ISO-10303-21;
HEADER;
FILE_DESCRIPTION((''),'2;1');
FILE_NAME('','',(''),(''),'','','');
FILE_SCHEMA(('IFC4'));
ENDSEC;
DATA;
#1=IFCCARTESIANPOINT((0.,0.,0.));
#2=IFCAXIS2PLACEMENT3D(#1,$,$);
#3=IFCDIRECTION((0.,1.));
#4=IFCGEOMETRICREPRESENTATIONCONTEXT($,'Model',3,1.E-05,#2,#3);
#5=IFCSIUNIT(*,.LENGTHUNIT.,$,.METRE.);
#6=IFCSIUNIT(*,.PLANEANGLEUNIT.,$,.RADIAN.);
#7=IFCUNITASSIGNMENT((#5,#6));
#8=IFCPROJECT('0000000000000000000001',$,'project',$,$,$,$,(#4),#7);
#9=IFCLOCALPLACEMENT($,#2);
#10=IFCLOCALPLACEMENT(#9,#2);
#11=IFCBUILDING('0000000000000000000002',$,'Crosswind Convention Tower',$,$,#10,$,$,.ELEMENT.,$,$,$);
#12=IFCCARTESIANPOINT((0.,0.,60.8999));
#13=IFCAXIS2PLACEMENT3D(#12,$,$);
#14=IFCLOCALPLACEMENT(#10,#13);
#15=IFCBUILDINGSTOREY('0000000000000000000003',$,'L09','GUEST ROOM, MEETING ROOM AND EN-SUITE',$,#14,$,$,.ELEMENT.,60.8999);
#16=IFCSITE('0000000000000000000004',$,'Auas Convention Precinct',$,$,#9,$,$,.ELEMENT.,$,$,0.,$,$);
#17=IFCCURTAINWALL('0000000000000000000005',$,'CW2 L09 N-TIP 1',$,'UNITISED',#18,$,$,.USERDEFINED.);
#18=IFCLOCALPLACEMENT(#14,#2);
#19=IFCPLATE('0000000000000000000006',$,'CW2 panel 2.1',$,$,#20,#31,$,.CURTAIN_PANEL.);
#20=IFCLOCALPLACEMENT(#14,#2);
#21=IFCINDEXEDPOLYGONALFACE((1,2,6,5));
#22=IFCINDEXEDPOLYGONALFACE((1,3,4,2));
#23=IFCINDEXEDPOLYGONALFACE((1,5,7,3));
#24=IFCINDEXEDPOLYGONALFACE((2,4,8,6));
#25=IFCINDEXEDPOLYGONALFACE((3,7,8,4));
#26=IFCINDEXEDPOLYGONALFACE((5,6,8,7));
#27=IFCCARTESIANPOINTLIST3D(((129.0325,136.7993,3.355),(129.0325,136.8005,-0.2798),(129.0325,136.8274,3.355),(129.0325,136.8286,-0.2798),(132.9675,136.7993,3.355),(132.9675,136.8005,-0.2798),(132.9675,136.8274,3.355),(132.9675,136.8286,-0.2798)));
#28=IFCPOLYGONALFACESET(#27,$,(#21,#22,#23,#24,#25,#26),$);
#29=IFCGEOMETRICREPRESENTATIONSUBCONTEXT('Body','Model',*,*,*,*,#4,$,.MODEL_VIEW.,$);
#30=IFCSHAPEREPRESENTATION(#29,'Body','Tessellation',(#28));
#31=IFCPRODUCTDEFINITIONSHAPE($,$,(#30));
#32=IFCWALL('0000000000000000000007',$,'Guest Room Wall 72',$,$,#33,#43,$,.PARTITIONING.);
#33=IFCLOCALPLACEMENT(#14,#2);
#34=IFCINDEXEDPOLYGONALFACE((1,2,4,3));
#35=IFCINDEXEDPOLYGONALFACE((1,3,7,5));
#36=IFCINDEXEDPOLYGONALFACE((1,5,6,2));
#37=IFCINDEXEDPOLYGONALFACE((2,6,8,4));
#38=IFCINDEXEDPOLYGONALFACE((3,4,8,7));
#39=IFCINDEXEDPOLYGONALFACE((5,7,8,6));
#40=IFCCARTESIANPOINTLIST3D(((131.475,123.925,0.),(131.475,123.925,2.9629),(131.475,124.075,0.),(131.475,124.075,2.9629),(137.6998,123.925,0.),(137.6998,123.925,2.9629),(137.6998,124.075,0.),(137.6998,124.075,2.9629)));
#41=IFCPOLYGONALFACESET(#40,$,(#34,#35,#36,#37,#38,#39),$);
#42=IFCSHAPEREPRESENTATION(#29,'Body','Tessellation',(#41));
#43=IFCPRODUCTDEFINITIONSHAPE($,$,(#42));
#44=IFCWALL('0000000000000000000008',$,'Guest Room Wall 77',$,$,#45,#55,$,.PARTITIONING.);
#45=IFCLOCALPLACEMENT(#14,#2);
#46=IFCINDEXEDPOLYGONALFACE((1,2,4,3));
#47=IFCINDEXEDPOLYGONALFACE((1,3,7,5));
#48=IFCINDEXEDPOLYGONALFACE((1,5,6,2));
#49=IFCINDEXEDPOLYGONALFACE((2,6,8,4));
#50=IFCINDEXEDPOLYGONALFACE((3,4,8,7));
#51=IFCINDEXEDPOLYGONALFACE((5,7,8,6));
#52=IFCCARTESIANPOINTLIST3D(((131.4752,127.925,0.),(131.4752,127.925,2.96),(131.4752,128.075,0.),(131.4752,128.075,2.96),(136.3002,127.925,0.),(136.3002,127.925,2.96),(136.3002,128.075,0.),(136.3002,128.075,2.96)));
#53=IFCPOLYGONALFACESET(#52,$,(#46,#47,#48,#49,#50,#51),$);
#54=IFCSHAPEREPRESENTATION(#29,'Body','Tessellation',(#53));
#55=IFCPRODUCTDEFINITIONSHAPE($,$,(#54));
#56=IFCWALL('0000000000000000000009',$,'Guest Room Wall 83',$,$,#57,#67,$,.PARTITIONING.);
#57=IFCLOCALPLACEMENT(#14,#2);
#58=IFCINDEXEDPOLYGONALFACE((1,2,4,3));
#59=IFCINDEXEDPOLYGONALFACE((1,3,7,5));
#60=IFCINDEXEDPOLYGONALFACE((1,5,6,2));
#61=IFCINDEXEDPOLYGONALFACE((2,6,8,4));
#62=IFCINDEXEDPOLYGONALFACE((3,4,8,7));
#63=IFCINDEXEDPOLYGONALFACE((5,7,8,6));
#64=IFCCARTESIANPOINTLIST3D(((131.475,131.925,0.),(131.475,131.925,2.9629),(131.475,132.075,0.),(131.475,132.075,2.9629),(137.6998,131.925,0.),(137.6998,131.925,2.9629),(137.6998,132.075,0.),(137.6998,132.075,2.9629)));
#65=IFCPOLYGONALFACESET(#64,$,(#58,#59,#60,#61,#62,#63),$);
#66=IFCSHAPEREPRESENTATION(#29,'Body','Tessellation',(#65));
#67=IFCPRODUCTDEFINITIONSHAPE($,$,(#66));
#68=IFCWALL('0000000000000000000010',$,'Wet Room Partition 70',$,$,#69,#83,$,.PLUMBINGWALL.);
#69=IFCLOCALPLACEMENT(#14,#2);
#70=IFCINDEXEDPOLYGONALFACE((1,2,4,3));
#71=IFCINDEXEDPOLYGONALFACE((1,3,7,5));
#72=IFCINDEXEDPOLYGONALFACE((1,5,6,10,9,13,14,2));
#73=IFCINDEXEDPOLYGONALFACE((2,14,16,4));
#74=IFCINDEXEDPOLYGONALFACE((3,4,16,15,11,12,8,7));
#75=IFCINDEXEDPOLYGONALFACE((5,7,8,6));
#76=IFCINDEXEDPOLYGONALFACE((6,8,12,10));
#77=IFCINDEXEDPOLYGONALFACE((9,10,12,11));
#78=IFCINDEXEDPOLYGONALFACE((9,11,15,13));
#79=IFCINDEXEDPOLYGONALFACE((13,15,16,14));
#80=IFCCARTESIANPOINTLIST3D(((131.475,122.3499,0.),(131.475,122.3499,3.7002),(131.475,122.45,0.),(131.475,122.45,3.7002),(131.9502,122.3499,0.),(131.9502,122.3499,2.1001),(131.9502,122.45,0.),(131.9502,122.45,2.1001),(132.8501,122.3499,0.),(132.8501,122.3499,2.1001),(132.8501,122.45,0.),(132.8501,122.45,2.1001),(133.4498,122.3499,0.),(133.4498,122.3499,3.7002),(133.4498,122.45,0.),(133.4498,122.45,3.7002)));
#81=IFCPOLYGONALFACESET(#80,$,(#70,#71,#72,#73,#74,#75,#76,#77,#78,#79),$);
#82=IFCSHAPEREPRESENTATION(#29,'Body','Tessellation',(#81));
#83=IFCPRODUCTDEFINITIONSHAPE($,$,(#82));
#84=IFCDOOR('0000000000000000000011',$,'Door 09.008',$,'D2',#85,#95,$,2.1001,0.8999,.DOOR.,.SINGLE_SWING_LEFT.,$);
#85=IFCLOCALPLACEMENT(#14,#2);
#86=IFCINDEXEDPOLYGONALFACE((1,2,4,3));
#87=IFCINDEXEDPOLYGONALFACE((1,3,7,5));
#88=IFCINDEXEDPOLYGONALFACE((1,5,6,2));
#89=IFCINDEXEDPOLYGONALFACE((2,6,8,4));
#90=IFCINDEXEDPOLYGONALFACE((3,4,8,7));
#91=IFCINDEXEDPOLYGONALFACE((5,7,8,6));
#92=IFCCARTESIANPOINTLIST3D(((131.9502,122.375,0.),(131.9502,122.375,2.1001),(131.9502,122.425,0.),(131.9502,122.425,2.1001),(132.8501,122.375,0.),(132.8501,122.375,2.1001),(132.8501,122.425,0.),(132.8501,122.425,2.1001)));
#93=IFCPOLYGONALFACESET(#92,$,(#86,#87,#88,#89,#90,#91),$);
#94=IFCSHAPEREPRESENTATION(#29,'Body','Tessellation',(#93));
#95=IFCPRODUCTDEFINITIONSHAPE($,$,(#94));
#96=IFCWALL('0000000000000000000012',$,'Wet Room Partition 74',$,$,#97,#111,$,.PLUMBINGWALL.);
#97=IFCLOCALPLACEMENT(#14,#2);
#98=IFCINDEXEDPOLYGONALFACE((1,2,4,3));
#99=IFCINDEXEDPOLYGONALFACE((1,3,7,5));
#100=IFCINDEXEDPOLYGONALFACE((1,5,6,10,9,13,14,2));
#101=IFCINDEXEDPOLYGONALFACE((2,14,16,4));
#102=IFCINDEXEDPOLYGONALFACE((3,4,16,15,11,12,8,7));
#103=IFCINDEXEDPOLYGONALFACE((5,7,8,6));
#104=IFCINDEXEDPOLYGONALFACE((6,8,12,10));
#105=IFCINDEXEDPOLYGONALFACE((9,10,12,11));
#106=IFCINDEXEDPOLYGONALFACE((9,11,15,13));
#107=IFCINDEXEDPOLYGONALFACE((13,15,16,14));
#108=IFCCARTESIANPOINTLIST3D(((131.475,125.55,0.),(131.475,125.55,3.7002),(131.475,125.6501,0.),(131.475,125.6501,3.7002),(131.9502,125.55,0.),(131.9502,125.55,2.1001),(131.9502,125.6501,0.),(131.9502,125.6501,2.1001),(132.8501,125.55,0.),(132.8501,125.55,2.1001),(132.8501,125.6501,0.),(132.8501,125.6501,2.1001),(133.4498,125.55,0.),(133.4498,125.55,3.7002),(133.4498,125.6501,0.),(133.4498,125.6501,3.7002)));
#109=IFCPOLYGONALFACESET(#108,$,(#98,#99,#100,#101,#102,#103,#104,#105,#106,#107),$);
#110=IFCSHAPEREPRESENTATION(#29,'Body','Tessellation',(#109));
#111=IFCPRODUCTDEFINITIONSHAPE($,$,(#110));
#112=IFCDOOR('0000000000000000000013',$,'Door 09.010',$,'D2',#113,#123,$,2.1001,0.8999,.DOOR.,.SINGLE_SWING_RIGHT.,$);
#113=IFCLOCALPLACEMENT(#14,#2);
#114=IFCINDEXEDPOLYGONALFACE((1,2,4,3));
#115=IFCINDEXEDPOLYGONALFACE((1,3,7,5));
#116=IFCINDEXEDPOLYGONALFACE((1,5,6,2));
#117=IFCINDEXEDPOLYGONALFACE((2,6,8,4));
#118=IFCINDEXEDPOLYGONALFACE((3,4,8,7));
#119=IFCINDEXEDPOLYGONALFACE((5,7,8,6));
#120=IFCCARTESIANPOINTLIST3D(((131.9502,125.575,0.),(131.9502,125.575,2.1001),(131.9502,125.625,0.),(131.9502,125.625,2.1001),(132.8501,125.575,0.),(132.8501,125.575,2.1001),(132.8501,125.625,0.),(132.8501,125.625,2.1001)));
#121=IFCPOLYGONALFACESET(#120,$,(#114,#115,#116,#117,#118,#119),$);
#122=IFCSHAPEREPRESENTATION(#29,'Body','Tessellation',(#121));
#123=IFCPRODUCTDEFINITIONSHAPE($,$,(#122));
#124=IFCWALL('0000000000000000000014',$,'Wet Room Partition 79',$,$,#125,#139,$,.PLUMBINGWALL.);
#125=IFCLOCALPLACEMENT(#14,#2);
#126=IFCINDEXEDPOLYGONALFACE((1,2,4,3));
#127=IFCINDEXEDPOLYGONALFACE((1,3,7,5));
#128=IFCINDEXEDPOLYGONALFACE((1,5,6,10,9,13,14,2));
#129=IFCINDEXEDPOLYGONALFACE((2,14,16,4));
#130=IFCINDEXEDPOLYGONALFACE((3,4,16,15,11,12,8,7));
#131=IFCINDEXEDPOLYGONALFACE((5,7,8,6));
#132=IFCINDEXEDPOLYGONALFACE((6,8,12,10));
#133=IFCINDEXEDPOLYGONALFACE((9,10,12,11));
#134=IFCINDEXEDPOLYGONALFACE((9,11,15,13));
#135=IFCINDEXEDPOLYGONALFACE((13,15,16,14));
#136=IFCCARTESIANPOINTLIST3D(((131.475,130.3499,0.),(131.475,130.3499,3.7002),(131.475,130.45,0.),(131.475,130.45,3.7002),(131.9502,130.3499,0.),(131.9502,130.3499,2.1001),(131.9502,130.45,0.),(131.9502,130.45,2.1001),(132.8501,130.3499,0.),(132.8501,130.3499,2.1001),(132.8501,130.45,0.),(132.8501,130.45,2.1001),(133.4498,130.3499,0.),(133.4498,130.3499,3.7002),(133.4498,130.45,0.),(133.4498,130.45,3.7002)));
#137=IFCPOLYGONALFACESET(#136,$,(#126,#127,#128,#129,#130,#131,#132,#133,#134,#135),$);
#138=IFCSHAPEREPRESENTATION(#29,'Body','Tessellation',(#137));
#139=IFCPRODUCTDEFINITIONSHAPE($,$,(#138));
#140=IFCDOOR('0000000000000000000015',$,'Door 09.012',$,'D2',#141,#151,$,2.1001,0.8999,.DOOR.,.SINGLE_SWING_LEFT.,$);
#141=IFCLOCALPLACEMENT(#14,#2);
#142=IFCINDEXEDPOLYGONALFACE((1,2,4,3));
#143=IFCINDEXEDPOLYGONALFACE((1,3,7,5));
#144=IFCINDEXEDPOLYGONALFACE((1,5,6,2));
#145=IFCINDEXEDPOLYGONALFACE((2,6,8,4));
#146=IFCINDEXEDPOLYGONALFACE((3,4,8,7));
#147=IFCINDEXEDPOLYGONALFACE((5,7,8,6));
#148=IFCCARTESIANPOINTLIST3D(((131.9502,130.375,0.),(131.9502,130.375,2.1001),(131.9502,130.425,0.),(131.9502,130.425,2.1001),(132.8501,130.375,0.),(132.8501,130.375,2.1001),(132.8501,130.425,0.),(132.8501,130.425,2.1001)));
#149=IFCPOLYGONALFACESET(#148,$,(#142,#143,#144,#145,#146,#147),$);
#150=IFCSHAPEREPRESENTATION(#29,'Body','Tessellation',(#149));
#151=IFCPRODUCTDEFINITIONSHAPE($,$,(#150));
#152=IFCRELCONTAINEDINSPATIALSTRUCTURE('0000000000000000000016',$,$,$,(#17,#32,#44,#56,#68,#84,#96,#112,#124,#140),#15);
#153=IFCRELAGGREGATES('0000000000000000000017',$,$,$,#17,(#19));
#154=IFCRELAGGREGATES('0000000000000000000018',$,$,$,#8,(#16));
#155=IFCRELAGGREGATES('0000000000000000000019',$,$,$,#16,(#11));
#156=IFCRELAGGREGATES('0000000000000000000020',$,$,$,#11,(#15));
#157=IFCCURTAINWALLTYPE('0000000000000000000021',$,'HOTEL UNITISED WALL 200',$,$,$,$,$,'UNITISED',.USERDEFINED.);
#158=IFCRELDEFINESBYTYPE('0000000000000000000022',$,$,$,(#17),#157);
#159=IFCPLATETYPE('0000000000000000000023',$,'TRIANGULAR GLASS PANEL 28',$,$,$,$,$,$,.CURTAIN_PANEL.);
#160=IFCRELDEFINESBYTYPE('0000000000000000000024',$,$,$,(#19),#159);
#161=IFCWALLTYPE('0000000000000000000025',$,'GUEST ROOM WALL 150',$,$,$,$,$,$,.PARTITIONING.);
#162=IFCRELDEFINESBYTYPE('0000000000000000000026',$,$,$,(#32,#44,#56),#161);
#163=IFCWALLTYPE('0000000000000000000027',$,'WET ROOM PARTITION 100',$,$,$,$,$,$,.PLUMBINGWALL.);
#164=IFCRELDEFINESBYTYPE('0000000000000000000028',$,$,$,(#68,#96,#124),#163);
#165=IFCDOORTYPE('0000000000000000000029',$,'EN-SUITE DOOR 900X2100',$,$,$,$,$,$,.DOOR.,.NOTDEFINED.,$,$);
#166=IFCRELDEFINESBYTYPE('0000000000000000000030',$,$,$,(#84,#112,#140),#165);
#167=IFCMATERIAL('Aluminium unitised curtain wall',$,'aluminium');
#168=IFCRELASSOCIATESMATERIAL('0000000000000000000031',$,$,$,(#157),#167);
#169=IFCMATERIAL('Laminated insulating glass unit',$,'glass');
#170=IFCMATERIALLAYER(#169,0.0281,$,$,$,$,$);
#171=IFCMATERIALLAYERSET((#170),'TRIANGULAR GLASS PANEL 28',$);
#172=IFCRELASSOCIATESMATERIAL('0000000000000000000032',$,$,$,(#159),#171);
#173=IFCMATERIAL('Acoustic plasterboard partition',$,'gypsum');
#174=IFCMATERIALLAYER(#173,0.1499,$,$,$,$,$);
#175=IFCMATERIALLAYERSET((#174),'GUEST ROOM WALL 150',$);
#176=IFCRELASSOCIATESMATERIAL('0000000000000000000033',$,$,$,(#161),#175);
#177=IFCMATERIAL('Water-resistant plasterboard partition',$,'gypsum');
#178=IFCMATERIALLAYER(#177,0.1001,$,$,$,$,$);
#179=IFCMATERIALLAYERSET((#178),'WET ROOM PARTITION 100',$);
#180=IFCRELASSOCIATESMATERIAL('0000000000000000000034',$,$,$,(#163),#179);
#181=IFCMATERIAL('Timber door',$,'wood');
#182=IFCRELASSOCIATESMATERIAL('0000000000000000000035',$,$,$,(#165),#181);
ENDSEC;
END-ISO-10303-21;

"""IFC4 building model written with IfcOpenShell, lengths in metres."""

from ifc_helpers import new_model, si_unit, direction, frame, frame_2d, origin, place, context, subcontext, project, spatial, polyline, rectangle, outline, extrude, material, layer, layer_set, type_object, element, fill, aggregate, save


model = new_model("IFC4")

# Units and contexts
model_context = context("Model", 3, precision=1e-05, world=origin(), true_north=direction((0.0, 1.0)))
body_context = subcontext(model_context, "Body", "Model", "MODEL_VIEW")
ifc_project = project(units=[si_unit("LENGTHUNIT", "METRE"), si_unit("PLANEANGLEUNIT", "RADIAN")], contexts=[model_context])

# Site, building, storey
site_placement = place(None, origin())
site = spatial("IfcSite", under=ifc_project, at=site_placement, Name="Auas Convention Precinct", CompositionType="ELEMENT", RefElevation=0.0)
building_placement = place(site_placement, origin())
building = spatial("IfcBuilding", under=site, at=building_placement, Name="Crosswind Convention Tower", CompositionType="ELEMENT")
storey_placement = place(building_placement, frame((0.0, 0.0, 60.8999)))
storey = spatial("IfcBuildingStorey", under=building, at=storey_placement, Name="L09", Description="GUEST ROOM, MEETING ROOM AND EN-SUITE", CompositionType="ELEMENT", Elevation=60.8999)

# Curtain wall, plate
ifc_material_1 = material(Name="Aluminium unitised curtain wall", Category="aluminium")
curtain_wall_type = type_object("IfcCurtainWallType", Name="HOTEL UNITISED WALL 200", ElementType="UNITISED", PredefinedType="USERDEFINED", material=ifc_material_1)
curtain_wall_placement = place(storey_placement, origin())
curtain_wall = element("IfcCurtainWall", 1, at=curtain_wall_placement, inside=storey, type_object=curtain_wall_type, Name="CW2 L09 N-TIP 1", ObjectType="UNITISED", PredefinedType="USERDEFINED")
ifc_material_2 = material(Name="Laminated insulating glass unit", Category="glass")
ifc_layer_1 = layer(ifc_material_2, 0.0281)
ifc_layer_set_1 = layer_set([ifc_layer_1], Name="TRIANGULAR GLASS PANEL 28")
plate_type = type_object("IfcPlateType", Name="TRIANGULAR GLASS PANEL 28", PredefinedType="CURTAIN_PANEL", material=ifc_layer_set_1)
plate_1_placement = place(storey_placement, frame((132.9675, 136.8286, -0.2798), z_axis=(0.0, 1.0, 0.000336), x_axis=(-1.0, 0.0, 0.0)))
plate_1 = element("IfcPlate", 2, at=plate_1_placement, type_object=plate_type, Name="CW2 panel 2.1", PredefinedType="CURTAIN_PANEL", context=body_context, shape_type="SweptSolid", body=[
    extrude(outline(polyline([(0.0, 0.0), (3.9351, 0.0), (3.9351, 3.6348), (0.0, 3.6348), (0.0, 0.0)])), origin(), (0.0, 0.0, -1.0), 0.0281),
])
aggregate(curtain_wall, [plate_1])

# Walls
ifc_material_3 = material(Name="Acoustic plasterboard partition", Category="gypsum")
ifc_layer_2 = layer(ifc_material_3, 0.1499)
ifc_layer_set_2 = layer_set([ifc_layer_2], Name="GUEST ROOM WALL 150")
wall_type_1 = type_object("IfcWallType", Name="GUEST ROOM WALL 150", PredefinedType="PARTITIONING", material=ifc_layer_set_2)
wall_1_placement = place(storey_placement, frame((131.4751, 124.0, 0.0), z_axis=(0.0, 0.0, 1.0), x_axis=(1.0, 0.0, 0.0)))
element("IfcWall", 3, at=wall_1_placement, inside=storey, type_object=wall_type_1, Name="Guest Room Wall 72", PredefinedType="PARTITIONING", context=body_context, shape_type="SweptSolid", body=[
    extrude(rectangle(XDim=6.2249, YDim=0.1499, at=frame_2d((3.1123, 0.0))), origin(), (0.0, 0.0, 1.0), 2.9629),
])
wall_2_placement = place(storey_placement, frame((131.4751, 128.0, 0.0), z_axis=(0.0, 0.0, 1.0), x_axis=(1.0, 0.0, 0.0)))
element("IfcWall", 4, at=wall_2_placement, inside=storey, type_object=wall_type_1, Name="Guest Room Wall 77", PredefinedType="PARTITIONING", context=body_context, shape_type="SweptSolid", body=[
    extrude(rectangle(XDim=4.825, YDim=0.1499, at=frame_2d((2.4126, 0.0))), origin(), (0.0, 0.0, 1.0), 2.96),
])
wall_3_placement = place(storey_placement, frame((131.4751, 132.0, 0.0), z_axis=(0.0, 0.0, 1.0), x_axis=(1.0, 0.0, 0.0)))
element("IfcWall", 5, at=wall_3_placement, inside=storey, type_object=wall_type_1, Name="Guest Room Wall 83", PredefinedType="PARTITIONING", context=body_context, shape_type="SweptSolid", body=[
    extrude(rectangle(XDim=6.2249, YDim=0.1499, at=frame_2d((3.1123, 0.0))), origin(), (0.0, 0.0, 1.0), 2.9629),
])

# Walls, openings, doors
ifc_material_4 = material(Name="Water-resistant plasterboard partition", Category="gypsum")
ifc_layer_3 = layer(ifc_material_4, 0.1001)
ifc_layer_set_3 = layer_set([ifc_layer_3], Name="WET ROOM PARTITION 100")
wall_type_2 = type_object("IfcWallType", Name="WET ROOM PARTITION 100", PredefinedType="PLUMBINGWALL", material=ifc_layer_set_3)
wall_4_placement = place(storey_placement, frame((131.4751, 122.3999, 0.0), z_axis=(0.0, 0.0, 1.0), x_axis=(1.0, 0.0, 0.0)))
wall_4 = element("IfcWall", 6, at=wall_4_placement, inside=storey, type_object=wall_type_2, Name="Wet Room Partition 70", PredefinedType="PLUMBINGWALL", context=body_context, shape_type="SweptSolid", body=[
    extrude(rectangle(XDim=1.9749, YDim=0.1001, at=frame_2d((0.9873, 0.0))), origin(), (0.0, 0.0, 1.0), 3.7002),
])
opening_1_placement = place(wall_4_placement, frame((0.4751, 0.0, 0.0)))
opening_1 = element("IfcOpeningElement", 7, at=opening_1_placement, cuts=wall_4, PredefinedType="OPENING", context=body_context, shape_type="SweptSolid", body=[
    extrude(rectangle(XDim=0.8999, YDim=2.1001, at=frame_2d((0.45, 1.05))), frame((0.0, 0.0601, 0.0), z_axis=(0.0, -1.0, 0.0), x_axis=(1.0, 0.0, 0.0)), (0.0, 0.0, 1.0), 0.1201),
])
ifc_material_5 = material(Name="Timber door", Category="wood")
door_type = type_object("IfcDoorType", Name="EN-SUITE DOOR 900X2100", OperationType="NOTDEFINED", PredefinedType="DOOR", material=ifc_material_5)
door_1_placement = place(opening_1_placement, frame((0.8999, 0.0, 0.0), z_axis=(0.0, 0.0, 1.0), x_axis=(-1.0, 0.0, 0.0)))
door_1 = element("IfcDoor", 8, at=door_1_placement, inside=storey, type_object=door_type, Name="Door 09.008", ObjectType="D2", OperationType="SINGLE_SWING_LEFT", OverallHeight=2.1001, OverallWidth=0.8999, PredefinedType="DOOR", context=body_context, shape_type="SweptSolid", body=[
    extrude(rectangle(XDim=0.8999, YDim=2.1001, at=frame_2d((0.45, 1.05))), frame((0.0, 0.0249, 0.0), z_axis=(0.0, -1.0, 0.0), x_axis=(1.0, 0.0, 0.0)), (0.0, 0.0, 1.0), 0.05),
])
fill(opening_1, door_1)
wall_5_placement = place(storey_placement, frame((131.4751, 125.6001, 0.0), z_axis=(0.0, 0.0, 1.0), x_axis=(1.0, 0.0, 0.0)))
wall_5 = element("IfcWall", 9, at=wall_5_placement, inside=storey, type_object=wall_type_2, Name="Wet Room Partition 74", PredefinedType="PLUMBINGWALL", context=body_context, shape_type="SweptSolid", body=[
    extrude(rectangle(XDim=1.9749, YDim=0.1001, at=frame_2d((0.9873, 0.0))), origin(), (0.0, 0.0, 1.0), 3.7002),
])
opening_2_placement = place(wall_5_placement, frame((0.4751, 0.0, 0.0)))
opening_2 = element("IfcOpeningElement", 10, at=opening_2_placement, cuts=wall_5, PredefinedType="OPENING", context=body_context, shape_type="SweptSolid", body=[
    extrude(rectangle(XDim=0.8999, YDim=2.1001, at=frame_2d((0.45, 1.05))), frame((0.0, 0.0601, 0.0), z_axis=(0.0, -1.0, 0.0), x_axis=(1.0, 0.0, 0.0)), (0.0, 0.0, 1.0), 0.1201),
])
door_2_placement = place(opening_2_placement, origin())
door_2 = element("IfcDoor", 11, at=door_2_placement, inside=storey, type_object=door_type, Name="Door 09.010", ObjectType="D2", OperationType="SINGLE_SWING_RIGHT", OverallHeight=2.1001, OverallWidth=0.8999, PredefinedType="DOOR", context=body_context, shape_type="SweptSolid", body=[
    extrude(rectangle(XDim=0.8999, YDim=2.1001, at=frame_2d((0.45, 1.05))), frame((0.0, 0.0249, 0.0), z_axis=(0.0, -1.0, 0.0), x_axis=(1.0, 0.0, 0.0)), (0.0, 0.0, 1.0), 0.05),
])
fill(opening_2, door_2)
wall_6_placement = place(storey_placement, frame((131.4751, 130.3999, 0.0), z_axis=(0.0, 0.0, 1.0), x_axis=(1.0, 0.0, 0.0)))
wall_6 = element("IfcWall", 12, at=wall_6_placement, inside=storey, type_object=wall_type_2, Name="Wet Room Partition 79", PredefinedType="PLUMBINGWALL", context=body_context, shape_type="SweptSolid", body=[
    extrude(rectangle(XDim=1.9749, YDim=0.1001, at=frame_2d((0.9873, 0.0))), origin(), (0.0, 0.0, 1.0), 3.7002),
])
opening_3_placement = place(wall_6_placement, frame((0.4751, 0.0, 0.0)))
opening_3 = element("IfcOpeningElement", 13, at=opening_3_placement, cuts=wall_6, PredefinedType="OPENING", context=body_context, shape_type="SweptSolid", body=[
    extrude(rectangle(XDim=0.8999, YDim=2.1001, at=frame_2d((0.45, 1.05))), frame((0.0, 0.0601, 0.0), z_axis=(0.0, -1.0, 0.0), x_axis=(1.0, 0.0, 0.0)), (0.0, 0.0, 1.0), 0.1201),
])
door_3_placement = place(opening_3_placement, frame((0.8999, 0.0, 0.0), z_axis=(0.0, 0.0, 1.0), x_axis=(-1.0, 0.0, 0.0)))
door_3 = element("IfcDoor", 14, at=door_3_placement, inside=storey, type_object=door_type, Name="Door 09.012", ObjectType="D2", OperationType="SINGLE_SWING_LEFT", OverallHeight=2.1001, OverallWidth=0.8999, PredefinedType="DOOR", context=body_context, shape_type="SweptSolid", body=[
    extrude(rectangle(XDim=0.8999, YDim=2.1001, at=frame_2d((0.45, 1.05))), frame((0.0, 0.0249, 0.0), z_axis=(0.0, -1.0, 0.0), x_axis=(1.0, 0.0, 0.0)), (0.0, 0.0, 1.0), 0.05),
])
fill(opening_3, door_3)

save(model, "model.ifc")
